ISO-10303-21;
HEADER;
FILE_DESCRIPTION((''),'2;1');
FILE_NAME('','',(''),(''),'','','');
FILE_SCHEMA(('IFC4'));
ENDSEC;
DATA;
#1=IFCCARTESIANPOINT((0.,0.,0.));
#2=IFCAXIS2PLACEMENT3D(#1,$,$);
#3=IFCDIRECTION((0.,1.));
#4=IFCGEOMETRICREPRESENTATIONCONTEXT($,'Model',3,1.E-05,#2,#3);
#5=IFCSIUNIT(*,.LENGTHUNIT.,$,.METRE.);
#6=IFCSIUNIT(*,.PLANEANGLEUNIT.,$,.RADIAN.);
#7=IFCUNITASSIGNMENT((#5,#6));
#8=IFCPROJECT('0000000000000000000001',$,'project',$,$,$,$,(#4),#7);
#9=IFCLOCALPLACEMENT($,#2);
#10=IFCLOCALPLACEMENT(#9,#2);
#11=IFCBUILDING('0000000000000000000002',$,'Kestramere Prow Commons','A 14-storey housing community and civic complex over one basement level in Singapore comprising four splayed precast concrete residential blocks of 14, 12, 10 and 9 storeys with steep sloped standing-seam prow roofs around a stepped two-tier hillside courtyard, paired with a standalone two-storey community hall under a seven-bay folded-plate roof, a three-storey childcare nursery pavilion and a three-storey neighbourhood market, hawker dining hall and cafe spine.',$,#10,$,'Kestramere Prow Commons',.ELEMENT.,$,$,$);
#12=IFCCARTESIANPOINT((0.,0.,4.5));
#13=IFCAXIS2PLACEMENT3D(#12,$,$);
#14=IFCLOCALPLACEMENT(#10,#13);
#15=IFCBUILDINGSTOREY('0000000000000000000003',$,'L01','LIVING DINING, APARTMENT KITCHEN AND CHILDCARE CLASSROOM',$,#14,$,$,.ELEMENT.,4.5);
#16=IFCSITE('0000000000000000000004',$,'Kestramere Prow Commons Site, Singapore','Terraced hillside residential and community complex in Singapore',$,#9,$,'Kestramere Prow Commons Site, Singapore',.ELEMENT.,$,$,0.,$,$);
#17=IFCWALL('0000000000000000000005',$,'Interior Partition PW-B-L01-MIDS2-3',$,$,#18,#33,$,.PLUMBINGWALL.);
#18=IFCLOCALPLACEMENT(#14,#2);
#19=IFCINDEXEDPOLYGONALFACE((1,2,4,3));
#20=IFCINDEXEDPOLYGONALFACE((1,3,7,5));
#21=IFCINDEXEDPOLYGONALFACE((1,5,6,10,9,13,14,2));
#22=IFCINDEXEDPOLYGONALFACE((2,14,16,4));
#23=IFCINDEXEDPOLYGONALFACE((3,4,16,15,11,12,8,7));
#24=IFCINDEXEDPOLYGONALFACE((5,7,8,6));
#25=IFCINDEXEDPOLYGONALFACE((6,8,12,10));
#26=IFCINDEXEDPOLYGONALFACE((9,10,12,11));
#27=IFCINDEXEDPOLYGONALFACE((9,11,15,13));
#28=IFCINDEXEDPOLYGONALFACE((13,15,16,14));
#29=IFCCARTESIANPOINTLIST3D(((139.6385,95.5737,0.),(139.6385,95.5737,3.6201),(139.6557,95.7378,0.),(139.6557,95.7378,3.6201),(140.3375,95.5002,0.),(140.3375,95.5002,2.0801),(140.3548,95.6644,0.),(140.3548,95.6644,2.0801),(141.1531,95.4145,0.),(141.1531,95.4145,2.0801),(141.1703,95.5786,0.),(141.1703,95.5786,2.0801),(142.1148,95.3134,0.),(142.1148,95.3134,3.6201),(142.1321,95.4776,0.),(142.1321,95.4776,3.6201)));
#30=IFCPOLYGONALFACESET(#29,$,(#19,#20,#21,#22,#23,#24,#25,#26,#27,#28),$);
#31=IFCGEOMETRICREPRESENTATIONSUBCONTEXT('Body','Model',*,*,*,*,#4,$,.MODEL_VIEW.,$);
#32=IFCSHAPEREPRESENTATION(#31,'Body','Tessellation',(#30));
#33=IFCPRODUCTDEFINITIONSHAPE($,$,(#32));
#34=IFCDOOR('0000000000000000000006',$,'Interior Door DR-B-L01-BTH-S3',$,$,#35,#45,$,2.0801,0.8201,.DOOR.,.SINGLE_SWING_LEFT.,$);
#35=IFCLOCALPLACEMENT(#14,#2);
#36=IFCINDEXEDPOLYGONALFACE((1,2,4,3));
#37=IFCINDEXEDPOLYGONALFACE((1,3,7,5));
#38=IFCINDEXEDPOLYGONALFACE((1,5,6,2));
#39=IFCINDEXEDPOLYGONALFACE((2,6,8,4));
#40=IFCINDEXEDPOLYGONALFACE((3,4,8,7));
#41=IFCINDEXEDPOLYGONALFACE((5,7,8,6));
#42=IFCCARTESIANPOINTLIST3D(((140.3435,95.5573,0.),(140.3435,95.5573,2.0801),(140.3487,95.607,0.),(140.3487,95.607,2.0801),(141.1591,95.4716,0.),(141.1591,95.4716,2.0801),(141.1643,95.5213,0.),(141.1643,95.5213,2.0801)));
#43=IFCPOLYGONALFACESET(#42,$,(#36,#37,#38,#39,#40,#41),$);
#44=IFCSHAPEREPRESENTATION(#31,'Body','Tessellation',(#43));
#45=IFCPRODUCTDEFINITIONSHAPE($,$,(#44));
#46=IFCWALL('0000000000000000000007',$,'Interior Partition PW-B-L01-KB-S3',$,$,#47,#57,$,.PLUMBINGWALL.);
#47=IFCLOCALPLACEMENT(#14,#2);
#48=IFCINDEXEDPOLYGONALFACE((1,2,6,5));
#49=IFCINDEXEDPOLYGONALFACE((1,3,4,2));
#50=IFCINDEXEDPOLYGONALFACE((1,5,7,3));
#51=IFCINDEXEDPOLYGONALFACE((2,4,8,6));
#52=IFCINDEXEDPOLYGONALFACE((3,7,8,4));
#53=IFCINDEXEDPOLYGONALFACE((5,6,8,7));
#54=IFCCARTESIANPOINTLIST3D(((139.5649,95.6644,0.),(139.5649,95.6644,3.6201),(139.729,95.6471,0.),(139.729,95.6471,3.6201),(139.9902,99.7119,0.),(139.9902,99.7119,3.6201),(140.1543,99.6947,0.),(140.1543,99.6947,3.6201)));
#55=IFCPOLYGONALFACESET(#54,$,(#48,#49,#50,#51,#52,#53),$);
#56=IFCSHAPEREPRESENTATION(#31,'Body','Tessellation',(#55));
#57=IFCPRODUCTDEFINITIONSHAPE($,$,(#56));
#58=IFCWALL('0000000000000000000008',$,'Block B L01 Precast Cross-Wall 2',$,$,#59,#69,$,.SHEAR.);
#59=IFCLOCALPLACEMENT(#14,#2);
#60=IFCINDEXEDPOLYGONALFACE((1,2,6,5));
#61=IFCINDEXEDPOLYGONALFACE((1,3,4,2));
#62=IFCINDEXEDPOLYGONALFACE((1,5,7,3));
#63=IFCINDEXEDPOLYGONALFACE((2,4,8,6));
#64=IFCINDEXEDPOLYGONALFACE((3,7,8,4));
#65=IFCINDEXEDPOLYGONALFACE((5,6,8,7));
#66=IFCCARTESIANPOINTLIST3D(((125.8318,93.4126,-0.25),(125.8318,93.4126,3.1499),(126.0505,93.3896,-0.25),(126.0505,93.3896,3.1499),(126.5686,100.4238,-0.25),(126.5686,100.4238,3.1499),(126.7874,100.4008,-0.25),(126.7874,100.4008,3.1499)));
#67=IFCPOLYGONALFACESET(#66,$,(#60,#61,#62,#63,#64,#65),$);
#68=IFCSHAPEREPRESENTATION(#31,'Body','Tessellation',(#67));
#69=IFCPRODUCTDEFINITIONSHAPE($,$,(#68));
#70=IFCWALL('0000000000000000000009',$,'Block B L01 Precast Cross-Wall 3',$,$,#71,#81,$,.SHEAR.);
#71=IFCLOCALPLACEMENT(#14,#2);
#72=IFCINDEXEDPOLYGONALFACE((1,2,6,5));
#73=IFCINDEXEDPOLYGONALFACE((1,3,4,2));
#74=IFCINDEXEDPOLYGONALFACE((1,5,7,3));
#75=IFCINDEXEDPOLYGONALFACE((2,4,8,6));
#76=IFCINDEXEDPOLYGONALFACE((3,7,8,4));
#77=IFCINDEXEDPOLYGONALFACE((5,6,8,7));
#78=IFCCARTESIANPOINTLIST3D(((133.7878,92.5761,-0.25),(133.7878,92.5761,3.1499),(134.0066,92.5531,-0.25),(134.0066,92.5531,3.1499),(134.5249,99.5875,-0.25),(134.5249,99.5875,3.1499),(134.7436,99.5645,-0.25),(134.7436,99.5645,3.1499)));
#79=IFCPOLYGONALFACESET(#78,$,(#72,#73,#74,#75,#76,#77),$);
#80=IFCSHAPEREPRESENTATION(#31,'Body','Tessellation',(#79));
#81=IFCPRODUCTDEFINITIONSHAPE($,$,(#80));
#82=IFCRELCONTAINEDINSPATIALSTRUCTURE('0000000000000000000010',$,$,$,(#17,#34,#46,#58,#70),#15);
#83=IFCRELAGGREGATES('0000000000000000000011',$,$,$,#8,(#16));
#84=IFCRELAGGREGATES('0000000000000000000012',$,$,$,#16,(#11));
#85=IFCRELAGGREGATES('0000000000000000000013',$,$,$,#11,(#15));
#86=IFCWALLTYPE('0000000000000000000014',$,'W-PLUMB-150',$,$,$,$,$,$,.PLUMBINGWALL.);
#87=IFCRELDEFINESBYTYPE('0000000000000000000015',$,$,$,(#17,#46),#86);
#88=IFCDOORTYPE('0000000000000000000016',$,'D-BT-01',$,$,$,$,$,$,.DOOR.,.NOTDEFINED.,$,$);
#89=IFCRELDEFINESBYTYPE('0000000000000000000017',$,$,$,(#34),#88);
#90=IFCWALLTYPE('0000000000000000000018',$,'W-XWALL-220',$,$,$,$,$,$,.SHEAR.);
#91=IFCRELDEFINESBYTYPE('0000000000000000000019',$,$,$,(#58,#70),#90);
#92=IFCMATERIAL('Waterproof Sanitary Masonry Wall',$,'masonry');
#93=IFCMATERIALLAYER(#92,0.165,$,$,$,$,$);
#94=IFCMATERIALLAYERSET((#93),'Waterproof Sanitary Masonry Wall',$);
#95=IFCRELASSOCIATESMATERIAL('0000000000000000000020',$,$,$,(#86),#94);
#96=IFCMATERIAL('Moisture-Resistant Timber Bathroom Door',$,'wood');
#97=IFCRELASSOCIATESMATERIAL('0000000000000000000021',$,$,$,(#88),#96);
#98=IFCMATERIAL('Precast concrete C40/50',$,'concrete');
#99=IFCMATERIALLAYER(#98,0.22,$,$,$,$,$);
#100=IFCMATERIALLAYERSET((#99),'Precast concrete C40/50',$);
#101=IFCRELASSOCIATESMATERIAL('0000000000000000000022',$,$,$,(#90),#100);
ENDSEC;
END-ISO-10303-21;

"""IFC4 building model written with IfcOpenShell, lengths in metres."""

from ifc_helpers import new_model, si_unit, direction, frame, frame_2d, origin, place, context, subcontext, project, spatial, rectangle, extrude, material, layer, layer_set, type_object, element, fill, save


model = new_model("IFC4")

# Units and contexts
model_context = context("Model", 3, precision=1e-05, world=origin(), true_north=direction((0.0, 1.0)))
body_context = subcontext(model_context, "Body", "Model", "MODEL_VIEW")
ifc_project = project(units=[si_unit("LENGTHUNIT", "METRE"), si_unit("PLANEANGLEUNIT", "RADIAN")], contexts=[model_context])

# Site, building, storey
site_placement = place(None, origin())
site = spatial("IfcSite", under=ifc_project, at=site_placement, Name="Kestramere Prow Commons Site, Singapore", Description="Terraced hillside residential and community complex in Singapore", LongName="Kestramere Prow Commons Site, Singapore", CompositionType="ELEMENT", RefElevation=0.0)
building_placement = place(site_placement, origin())
building = spatial("IfcBuilding", under=site, at=building_placement, Name="Kestramere Prow Commons", Description="A 14-storey housing community and civic complex over one basement level in Singapore comprising four splayed precast concrete residential blocks of 14, 12, 10 and 9 storeys with steep sloped standing-seam prow roofs around a stepped two-tier hillside courtyard, paired with a standalone two-storey community hall under a seven-bay folded-plate roof, a three-storey childcare nursery pavilion and a three-storey neighbourhood market, hawker dining hall and cafe spine.", LongName="Kestramere Prow Commons", CompositionType="ELEMENT")
storey_placement = place(building_placement, frame((0.0, 0.0, 4.5)))
storey = spatial("IfcBuildingStorey", under=building, at=storey_placement, Name="L01", Description="LIVING DINING, APARTMENT KITCHEN AND CHILDCARE CLASSROOM", CompositionType="ELEMENT", Elevation=4.5)

# Shared definitions
ifc_material_1 = material(Name="Precast concrete C40/50", Category="concrete")

# Shared definitions
ifc_material_2 = material(Name="Waterproof Sanitary Masonry Wall", Category="masonry")
ifc_layer_1 = layer(ifc_material_2, 0.165)
ifc_layer_set_1 = layer_set([ifc_layer_1], Name="Waterproof Sanitary Masonry Wall")
wall_type_1 = type_object("IfcWallType", Name="W-PLUMB-150", PredefinedType="PLUMBINGWALL", material=ifc_layer_set_1)
ifc_material_3 = material(Name="Moisture-Resistant Timber Bathroom Door", Category="wood")
door_type_1 = type_object("IfcDoorType", Name="D-BT-01", OperationType="NOTDEFINED", PredefinedType="DOOR", material=ifc_material_3)

# Wall, opening, door
wall_1_placement = place(storey_placement, frame((139.647, 95.6558, 0.0), z_axis=(0.0, 0.0, 1.0), x_axis=(0.994523, -0.104521, 0.0)))
wall_1 = element("IfcWall", 1, at=wall_1_placement, inside=storey, type_object=wall_type_1, Name="Interior Partition PW-B-L01-MIDS2-3", PredefinedType="PLUMBINGWALL", context=body_context, shape_type="SweptSolid", body=[
    extrude(rectangle(XDim=2.49, YDim=0.165, at=frame_2d((1.2451, 0.0))), origin(), (0.0, 0.0, 1.0), 3.6201),
])
opening_1_placement = place(wall_1_placement, frame((0.7029, 0.0, 0.0)))
opening_1 = element("IfcOpeningElement", 2, at=opening_1_placement, cuts=wall_1, PredefinedType="OPENING", context=body_context, shape_type="SweptSolid", body=[
    extrude(rectangle(XDim=0.8201, YDim=2.0801, at=frame_2d((0.4102, 1.04))), frame((0.0, 0.0974, 0.0), z_axis=(0.0, -1.0, 0.0), x_axis=(1.0, 0.0, 0.0)), (0.0, 0.0, 1.0), 0.1951),
])
door_1_placement = place(opening_1_placement, origin())
door_1 = element("IfcDoor", 3, at=door_1_placement, inside=storey, type_object=door_type_1, Name="Interior Door DR-B-L01-BTH-S3", OperationType="SINGLE_SWING_LEFT", OverallHeight=2.0801, OverallWidth=0.8201, PredefinedType="DOOR", context=body_context, shape_type="SweptSolid", body=[
    extrude(rectangle(XDim=0.8201, YDim=2.0801, at=frame_2d((0.4102, 1.04))), frame((0.0, 0.0249, 0.0), z_axis=(0.0, -1.0, 0.0), x_axis=(1.0, 0.0, 0.0)), (0.0, 0.0, 1.0), 0.05),
])
fill(opening_1, door_1)

# Walls
wall_2_placement = place(storey_placement, frame((139.647, 95.6558, 0.0), z_axis=(0.0, 0.0, 1.0), x_axis=(0.104497, 0.994525, 0.0)))
element("IfcWall", 4, at=wall_2_placement, inside=storey, type_object=wall_type_1, Name="Interior Partition PW-B-L01-KB-S3", PredefinedType="PLUMBINGWALL", context=body_context, shape_type="SweptSolid", body=[
    extrude(rectangle(XDim=4.0698, YDim=0.165, at=frame_2d((2.0349, 0.0))), origin(), (0.0, 0.0, 1.0), 3.6201),
])
ifc_layer_2 = layer(ifc_material_1, 0.22)
ifc_layer_set_2 = layer_set([ifc_layer_2], Name="Precast concrete C40/50")
wall_type_2 = type_object("IfcWallType", Name="W-XWALL-220", PredefinedType="SHEAR", material=ifc_layer_set_2)
wall_3_placement = place(storey_placement, frame((125.9412, 93.4011, -0.25), z_axis=(0.0, 0.0, 1.0), x_axis=(0.104515, 0.994523, 0.0)))
element("IfcWall", 5, at=wall_3_placement, inside=storey, type_object=wall_type_2, Name="Block B L01 Precast Cross-Wall 2", PredefinedType="SHEAR", context=body_context, shape_type="SweptSolid", body=[
    extrude(rectangle(XDim=7.0498, YDim=0.22, at=frame_2d((3.5249, 0.0))), origin(), (0.0, 0.0, 1.0), 3.3999),
])
wall_4_placement = place(storey_placement, frame((133.8972, 92.5647, -0.25), z_axis=(0.0, 0.0, 1.0), x_axis=(0.104546, 0.99452, 0.0)))
element("IfcWall", 6, at=wall_4_placement, inside=storey, type_object=wall_type_2, Name="Block B L01 Precast Cross-Wall 3", PredefinedType="SHEAR", context=body_context, shape_type="SweptSolid", body=[
    extrude(rectangle(XDim=7.05, YDim=0.22, at=frame_2d((3.5249, 0.0))), origin(), (0.0, 0.0, 1.0), 3.3999),
])

save(model, "model.ifc")
